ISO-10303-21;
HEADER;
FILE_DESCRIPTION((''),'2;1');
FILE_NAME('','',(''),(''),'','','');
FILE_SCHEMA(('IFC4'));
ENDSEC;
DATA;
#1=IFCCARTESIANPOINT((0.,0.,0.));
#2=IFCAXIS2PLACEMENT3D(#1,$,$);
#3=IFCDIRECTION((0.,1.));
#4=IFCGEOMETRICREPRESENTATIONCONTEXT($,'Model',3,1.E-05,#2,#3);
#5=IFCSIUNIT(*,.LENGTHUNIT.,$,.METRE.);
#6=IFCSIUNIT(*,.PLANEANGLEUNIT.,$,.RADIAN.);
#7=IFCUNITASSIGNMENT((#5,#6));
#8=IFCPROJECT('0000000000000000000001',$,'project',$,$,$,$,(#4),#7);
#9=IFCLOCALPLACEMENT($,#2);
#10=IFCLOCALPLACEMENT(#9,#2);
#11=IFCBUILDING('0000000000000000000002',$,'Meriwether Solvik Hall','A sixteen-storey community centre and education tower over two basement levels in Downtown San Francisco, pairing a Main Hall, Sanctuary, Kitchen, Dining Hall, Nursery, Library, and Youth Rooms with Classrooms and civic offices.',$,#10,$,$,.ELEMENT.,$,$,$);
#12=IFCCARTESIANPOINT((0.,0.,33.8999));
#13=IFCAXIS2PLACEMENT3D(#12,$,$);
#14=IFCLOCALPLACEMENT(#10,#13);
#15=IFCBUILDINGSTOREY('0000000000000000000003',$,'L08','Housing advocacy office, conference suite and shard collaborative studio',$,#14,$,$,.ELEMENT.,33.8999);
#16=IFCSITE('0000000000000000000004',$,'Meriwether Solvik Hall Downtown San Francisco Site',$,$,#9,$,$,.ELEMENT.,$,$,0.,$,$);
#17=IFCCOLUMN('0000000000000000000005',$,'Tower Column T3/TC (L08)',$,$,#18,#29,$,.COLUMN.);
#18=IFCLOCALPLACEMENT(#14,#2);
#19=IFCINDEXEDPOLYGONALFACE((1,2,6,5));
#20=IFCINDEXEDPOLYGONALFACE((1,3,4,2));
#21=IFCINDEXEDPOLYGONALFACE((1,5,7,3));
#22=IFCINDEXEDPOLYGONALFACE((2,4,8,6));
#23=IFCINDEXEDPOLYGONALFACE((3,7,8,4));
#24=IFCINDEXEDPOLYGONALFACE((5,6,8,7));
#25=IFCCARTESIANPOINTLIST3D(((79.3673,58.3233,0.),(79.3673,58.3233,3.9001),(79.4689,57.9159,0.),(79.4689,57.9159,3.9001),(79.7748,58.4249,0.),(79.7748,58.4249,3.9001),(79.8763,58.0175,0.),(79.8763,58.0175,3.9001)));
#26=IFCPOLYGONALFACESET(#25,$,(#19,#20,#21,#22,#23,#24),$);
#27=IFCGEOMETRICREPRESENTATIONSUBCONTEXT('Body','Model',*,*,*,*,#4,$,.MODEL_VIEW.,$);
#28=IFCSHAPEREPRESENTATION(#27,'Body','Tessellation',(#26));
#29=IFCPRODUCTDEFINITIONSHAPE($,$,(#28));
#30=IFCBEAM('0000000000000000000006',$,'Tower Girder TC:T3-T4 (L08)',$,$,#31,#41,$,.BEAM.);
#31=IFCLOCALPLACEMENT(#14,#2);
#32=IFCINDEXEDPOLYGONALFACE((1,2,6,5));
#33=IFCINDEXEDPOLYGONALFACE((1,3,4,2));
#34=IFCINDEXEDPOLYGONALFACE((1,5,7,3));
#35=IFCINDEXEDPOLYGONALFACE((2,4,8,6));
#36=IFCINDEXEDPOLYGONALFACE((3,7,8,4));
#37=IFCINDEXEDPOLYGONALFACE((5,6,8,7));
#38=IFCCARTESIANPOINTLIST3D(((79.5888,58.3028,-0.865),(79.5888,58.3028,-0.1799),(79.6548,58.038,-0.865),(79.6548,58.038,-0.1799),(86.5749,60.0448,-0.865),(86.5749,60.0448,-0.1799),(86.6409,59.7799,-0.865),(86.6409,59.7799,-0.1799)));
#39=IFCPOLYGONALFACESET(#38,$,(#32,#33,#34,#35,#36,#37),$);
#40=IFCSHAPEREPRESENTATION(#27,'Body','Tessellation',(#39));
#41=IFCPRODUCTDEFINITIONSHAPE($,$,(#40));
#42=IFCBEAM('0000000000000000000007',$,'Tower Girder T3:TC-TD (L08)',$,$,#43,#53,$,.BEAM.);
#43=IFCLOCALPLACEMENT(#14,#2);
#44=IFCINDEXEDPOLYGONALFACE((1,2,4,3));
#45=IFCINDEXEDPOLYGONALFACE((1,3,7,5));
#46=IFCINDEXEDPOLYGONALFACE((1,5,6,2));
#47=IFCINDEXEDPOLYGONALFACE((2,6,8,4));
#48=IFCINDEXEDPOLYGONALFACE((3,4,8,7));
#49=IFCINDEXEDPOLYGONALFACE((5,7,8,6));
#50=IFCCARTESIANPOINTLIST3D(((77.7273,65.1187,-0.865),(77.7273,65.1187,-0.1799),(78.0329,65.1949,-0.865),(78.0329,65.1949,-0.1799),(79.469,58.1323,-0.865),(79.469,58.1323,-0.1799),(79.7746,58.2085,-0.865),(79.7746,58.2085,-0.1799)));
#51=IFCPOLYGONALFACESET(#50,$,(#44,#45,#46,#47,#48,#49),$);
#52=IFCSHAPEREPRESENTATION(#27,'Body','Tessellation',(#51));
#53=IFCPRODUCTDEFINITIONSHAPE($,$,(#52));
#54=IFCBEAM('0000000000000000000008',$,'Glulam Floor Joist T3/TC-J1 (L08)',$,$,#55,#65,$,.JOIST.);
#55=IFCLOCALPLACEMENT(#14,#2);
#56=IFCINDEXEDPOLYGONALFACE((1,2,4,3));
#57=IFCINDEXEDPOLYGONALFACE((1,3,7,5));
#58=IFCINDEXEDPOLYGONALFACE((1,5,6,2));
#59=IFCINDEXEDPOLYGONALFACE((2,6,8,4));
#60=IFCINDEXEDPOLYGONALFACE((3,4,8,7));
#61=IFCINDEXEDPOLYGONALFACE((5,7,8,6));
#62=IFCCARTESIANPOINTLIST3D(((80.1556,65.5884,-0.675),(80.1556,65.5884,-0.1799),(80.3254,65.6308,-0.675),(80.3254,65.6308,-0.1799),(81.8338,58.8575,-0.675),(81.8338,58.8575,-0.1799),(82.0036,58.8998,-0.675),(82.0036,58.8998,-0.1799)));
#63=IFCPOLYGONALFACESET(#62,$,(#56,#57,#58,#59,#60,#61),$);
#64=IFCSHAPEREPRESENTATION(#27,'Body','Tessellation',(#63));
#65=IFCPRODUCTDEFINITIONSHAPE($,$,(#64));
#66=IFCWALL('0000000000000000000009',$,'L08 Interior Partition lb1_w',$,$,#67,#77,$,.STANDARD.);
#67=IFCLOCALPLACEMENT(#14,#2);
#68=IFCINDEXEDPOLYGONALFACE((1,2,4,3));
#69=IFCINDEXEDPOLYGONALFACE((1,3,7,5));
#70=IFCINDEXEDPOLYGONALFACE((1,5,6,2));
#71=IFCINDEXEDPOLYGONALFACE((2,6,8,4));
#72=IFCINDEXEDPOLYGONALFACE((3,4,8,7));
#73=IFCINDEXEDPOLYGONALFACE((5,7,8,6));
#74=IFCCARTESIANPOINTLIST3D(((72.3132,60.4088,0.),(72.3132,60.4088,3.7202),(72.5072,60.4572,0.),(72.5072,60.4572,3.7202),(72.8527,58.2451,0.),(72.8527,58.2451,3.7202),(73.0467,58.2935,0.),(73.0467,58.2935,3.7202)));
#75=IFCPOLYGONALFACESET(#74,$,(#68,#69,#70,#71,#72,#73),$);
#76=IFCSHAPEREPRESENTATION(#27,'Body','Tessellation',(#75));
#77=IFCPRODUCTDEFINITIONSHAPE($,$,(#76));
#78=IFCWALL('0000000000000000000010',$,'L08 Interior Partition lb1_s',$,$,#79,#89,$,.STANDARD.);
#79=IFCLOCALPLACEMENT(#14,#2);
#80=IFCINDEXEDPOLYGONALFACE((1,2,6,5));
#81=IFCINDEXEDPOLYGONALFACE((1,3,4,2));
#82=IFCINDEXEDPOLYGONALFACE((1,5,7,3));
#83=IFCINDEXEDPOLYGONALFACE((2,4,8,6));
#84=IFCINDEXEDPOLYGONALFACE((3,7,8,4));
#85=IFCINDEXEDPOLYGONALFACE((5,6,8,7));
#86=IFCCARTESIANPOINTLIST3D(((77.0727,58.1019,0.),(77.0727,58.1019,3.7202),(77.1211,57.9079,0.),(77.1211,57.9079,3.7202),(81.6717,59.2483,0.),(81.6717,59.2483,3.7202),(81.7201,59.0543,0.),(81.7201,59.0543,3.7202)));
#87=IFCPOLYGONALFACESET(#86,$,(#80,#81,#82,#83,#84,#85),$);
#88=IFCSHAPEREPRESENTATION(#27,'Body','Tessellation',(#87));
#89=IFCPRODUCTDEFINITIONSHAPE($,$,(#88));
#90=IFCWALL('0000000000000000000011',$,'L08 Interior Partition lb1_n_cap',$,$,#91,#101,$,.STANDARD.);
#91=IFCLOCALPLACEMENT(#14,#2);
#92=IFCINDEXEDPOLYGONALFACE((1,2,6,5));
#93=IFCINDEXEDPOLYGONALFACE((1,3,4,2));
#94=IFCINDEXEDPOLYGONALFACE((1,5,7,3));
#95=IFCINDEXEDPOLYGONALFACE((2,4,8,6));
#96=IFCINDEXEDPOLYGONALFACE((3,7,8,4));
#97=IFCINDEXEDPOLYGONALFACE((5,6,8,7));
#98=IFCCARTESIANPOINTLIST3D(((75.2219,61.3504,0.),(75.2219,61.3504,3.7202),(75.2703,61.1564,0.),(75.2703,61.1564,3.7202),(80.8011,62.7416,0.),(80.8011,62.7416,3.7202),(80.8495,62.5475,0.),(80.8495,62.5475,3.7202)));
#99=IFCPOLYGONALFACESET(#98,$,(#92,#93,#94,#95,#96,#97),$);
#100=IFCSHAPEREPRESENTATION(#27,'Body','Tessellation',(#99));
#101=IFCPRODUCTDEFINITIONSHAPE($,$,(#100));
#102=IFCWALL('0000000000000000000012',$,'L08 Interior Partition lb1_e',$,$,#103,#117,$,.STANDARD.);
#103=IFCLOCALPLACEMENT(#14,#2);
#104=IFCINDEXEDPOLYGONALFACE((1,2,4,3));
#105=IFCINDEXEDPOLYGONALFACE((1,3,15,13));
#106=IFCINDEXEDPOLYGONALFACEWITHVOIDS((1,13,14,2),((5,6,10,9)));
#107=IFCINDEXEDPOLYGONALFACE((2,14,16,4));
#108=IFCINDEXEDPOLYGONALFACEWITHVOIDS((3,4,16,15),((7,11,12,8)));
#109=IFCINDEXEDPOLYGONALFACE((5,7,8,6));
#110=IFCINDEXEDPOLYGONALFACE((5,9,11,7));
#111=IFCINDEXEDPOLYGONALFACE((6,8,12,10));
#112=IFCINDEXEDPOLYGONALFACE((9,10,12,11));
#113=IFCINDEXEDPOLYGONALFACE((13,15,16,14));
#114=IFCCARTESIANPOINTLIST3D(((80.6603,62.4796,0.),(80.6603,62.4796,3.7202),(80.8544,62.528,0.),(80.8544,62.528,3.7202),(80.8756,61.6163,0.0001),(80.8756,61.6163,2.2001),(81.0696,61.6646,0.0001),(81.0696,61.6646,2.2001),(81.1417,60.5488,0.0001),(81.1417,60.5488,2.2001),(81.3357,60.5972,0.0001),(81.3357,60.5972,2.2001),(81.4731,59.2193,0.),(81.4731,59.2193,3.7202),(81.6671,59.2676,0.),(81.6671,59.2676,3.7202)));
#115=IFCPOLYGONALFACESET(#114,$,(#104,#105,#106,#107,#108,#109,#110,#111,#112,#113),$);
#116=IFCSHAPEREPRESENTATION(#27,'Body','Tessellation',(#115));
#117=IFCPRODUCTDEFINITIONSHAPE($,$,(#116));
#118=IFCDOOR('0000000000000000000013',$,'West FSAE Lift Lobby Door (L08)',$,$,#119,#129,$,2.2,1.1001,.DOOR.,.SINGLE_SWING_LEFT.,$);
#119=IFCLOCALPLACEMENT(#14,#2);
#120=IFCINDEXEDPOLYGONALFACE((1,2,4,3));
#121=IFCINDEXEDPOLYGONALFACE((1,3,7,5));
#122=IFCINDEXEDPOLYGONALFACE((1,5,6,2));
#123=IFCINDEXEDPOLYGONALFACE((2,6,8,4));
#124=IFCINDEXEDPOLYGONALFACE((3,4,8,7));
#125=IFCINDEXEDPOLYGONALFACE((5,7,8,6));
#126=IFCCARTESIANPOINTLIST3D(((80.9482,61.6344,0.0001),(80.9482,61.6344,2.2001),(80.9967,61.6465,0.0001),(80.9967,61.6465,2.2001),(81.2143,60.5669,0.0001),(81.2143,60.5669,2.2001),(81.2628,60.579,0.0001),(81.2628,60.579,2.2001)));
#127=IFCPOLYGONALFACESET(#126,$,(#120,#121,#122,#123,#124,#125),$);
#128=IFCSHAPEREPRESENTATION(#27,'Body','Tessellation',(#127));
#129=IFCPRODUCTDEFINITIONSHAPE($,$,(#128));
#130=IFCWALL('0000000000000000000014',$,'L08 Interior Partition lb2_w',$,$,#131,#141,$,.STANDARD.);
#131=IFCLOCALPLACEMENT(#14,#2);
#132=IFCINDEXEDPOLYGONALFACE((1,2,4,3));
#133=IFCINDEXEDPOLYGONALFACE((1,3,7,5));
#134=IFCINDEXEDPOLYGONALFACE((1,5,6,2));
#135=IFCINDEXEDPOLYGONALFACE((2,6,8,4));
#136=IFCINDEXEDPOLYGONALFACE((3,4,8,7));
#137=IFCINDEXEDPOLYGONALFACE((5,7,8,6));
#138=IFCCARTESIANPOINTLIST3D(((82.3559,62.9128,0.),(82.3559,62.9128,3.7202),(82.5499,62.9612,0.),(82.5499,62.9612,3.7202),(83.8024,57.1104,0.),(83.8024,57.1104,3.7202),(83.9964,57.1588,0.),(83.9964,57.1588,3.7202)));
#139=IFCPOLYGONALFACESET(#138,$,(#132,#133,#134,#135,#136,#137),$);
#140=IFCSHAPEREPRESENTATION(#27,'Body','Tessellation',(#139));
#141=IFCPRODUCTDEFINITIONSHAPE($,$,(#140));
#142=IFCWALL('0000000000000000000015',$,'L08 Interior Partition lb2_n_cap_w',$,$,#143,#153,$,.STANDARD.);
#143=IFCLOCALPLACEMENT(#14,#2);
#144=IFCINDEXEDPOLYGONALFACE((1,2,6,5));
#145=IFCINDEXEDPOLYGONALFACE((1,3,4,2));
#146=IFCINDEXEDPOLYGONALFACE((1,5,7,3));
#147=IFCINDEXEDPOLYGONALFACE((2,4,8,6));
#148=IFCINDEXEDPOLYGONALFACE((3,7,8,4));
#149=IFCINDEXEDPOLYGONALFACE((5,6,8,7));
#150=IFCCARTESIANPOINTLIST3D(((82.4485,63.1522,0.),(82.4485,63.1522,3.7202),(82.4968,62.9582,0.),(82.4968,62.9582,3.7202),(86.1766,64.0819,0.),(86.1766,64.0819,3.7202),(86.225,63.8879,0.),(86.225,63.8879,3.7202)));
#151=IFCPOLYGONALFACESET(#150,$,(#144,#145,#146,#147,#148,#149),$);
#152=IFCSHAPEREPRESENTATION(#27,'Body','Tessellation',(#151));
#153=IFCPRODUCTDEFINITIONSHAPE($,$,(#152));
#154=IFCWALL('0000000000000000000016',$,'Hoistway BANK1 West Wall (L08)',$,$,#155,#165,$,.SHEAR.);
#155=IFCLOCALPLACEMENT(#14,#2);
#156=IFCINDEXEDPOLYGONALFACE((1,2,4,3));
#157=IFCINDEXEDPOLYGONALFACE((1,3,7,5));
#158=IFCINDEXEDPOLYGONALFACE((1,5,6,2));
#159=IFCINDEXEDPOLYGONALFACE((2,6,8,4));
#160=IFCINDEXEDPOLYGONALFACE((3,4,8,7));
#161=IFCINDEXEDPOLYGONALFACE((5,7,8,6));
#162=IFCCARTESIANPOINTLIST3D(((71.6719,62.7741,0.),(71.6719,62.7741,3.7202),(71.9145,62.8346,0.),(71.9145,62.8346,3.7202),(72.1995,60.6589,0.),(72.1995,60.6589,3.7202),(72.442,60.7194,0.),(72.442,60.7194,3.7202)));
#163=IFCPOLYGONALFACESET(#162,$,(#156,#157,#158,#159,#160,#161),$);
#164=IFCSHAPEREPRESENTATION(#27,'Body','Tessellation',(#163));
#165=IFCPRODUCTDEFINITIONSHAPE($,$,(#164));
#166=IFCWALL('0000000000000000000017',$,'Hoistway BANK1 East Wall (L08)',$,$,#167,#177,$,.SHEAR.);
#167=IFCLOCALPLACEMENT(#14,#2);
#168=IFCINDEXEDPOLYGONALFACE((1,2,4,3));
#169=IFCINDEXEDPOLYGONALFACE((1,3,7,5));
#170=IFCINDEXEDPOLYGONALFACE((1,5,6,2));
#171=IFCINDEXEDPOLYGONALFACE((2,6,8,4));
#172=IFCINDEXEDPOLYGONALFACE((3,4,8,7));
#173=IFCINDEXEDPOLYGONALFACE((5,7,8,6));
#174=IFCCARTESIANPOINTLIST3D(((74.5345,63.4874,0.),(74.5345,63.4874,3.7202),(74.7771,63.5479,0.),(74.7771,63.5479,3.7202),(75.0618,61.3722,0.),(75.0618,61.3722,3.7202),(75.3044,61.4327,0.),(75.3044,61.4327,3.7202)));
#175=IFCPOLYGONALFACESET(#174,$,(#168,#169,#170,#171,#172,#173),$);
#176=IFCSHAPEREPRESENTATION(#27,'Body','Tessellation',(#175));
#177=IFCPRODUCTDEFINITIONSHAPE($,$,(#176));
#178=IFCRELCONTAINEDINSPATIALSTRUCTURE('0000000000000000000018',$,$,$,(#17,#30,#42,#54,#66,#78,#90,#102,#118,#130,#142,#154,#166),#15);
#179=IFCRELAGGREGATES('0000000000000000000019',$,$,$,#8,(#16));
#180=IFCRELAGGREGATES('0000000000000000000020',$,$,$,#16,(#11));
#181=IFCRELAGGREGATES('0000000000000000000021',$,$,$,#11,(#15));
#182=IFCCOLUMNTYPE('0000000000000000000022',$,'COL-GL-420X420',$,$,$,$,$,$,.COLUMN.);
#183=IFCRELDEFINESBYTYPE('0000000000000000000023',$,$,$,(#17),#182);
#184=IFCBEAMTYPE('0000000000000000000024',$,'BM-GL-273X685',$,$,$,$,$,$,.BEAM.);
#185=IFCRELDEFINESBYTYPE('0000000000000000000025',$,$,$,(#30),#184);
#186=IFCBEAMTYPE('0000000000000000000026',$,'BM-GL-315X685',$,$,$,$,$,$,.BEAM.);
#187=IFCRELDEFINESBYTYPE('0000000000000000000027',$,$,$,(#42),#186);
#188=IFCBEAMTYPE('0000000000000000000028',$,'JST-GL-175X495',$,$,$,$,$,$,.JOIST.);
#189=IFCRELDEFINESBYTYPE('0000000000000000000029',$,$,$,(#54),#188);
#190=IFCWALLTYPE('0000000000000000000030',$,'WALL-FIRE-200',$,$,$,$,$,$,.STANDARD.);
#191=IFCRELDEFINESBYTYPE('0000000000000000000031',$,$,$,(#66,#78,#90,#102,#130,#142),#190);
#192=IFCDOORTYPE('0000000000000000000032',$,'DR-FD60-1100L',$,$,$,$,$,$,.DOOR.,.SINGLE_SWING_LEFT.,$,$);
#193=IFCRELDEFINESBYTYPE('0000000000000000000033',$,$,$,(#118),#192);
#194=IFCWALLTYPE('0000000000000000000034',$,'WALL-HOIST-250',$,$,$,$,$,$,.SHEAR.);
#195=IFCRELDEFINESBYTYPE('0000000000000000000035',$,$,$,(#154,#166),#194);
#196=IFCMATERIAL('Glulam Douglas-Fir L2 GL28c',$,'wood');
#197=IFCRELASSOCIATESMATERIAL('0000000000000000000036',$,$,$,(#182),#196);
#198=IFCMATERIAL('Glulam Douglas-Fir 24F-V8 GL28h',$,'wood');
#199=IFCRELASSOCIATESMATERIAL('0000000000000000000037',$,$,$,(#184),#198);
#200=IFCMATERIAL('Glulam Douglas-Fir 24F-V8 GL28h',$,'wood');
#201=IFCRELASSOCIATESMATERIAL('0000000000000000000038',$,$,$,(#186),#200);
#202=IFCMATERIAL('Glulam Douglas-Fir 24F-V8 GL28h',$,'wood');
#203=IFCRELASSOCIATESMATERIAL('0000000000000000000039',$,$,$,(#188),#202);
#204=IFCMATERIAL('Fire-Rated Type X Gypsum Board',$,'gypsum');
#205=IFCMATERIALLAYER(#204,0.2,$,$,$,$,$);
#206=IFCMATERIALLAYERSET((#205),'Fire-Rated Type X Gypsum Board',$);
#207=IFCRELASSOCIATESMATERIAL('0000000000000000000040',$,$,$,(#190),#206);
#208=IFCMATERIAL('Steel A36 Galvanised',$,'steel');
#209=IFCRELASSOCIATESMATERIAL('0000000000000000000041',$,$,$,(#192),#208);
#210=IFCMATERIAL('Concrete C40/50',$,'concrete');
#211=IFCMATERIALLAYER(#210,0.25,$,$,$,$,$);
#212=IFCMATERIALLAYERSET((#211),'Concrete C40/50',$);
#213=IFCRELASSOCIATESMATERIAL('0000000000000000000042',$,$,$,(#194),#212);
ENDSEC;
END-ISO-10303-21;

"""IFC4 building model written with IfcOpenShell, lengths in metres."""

from ifc_helpers import new_model, si_unit, direction, frame, frame_2d, origin, origin_2d, place, context, subcontext, project, spatial, rectangle, extrude, material, layer, layer_set, material_profile, profile_set, type_object, element, fill, save


model = new_model("IFC4")

# Units and contexts
model_context = context("Model", 3, precision=1e-05, world=origin(), true_north=direction((0.0, 1.0)))
body_context = subcontext(model_context, "Body", "Model", "MODEL_VIEW")
ifc_project = project(units=[si_unit("LENGTHUNIT", "METRE"), si_unit("PLANEANGLEUNIT", "RADIAN")], contexts=[model_context])

# Site, building, storey
site_placement = place(None, origin())
site = spatial("IfcSite", under=ifc_project, at=site_placement, Name="Meriwether Solvik Hall Downtown San Francisco Site", CompositionType="ELEMENT", RefElevation=0.0)
building_placement = place(site_placement, origin())
building = spatial("IfcBuilding", under=site, at=building_placement, Name="Meriwether Solvik Hall", Description="A sixteen-storey community centre and education tower over two basement levels in Downtown San Francisco, pairing a Main Hall, Sanctuary, Kitchen, Dining Hall, Nursery, Library, and Youth Rooms with Classrooms and civic offices.", CompositionType="ELEMENT")
storey_placement = place(building_placement, frame((0.0, 0.0, 33.8999)))
storey = spatial("IfcBuildingStorey", under=building, at=storey_placement, Name="L08", Description="Housing advocacy office, conference suite and shard collaborative studio", CompositionType="ELEMENT", Elevation=33.8999)

# Column
ifc_material_1 = material(Name="Glulam Douglas-Fir L2 GL28c", Category="wood")
ifc_material_profile_1 = material_profile(ifc_material_1, rectangle(XDim=0.4199, YDim=0.4199, at=origin_2d()), Name="GLC-420X420")
ifc_profile_set_1 = profile_set([ifc_material_profile_1], Name="Glulam Douglas-Fir L2 GL28c")
column_type = type_object("IfcColumnType", Name="COL-GL-420X420", PredefinedType="COLUMN", material=ifc_profile_set_1)
column_placement = place(storey_placement, frame((79.6218, 58.1704, 0.0), z_axis=(0.0, 0.0, 1.0), x_axis=(0.970296, 0.241922, 0.0)))
element("IfcColumn", 1, at=column_placement, inside=storey, type_object=column_type, Name="Tower Column T3/TC (L08)", PredefinedType="COLUMN", context=body_context, shape_type="SweptSolid", body=[
    extrude(rectangle(XDim=0.4199, YDim=0.4199, at=origin_2d()), origin(), (0.0, 0.0, 1.0), 3.9001),
])

# Beams
ifc_material_2 = material(Name="Glulam Douglas-Fir 24F-V8 GL28h", Category="wood")
ifc_material_profile_2 = material_profile(ifc_material_2, rectangle(XDim=0.2729, YDim=0.6851, at=origin_2d()), Name="GLB-273X685")
ifc_profile_set_2 = profile_set([ifc_material_profile_2], Name="Glulam Douglas-Fir 24F-V8 GL28h")
beam_type_1 = type_object("IfcBeamType", Name="BM-GL-273X685", PredefinedType="BEAM", material=ifc_profile_set_2)
beam_1_placement = place(storey_placement, frame((79.6218, 58.1704, -0.5225), z_axis=(0.970292, 0.241937, 0.0), x_axis=(-0.241937, 0.970292, 0.0)))
element("IfcBeam", 2, at=beam_1_placement, inside=storey, type_object=beam_type_1, Name="Tower Girder TC:T3-T4 (L08)", PredefinedType="BEAM", context=body_context, shape_type="SweptSolid", body=[
    extrude(rectangle(XDim=0.2729, YDim=0.6851, at=origin_2d()), origin(), (0.0, 0.0, 1.0), 7.2),
])
ifc_material_3 = material(Name="Glulam Douglas-Fir 24F-V8 GL28h", Category="wood")
ifc_material_profile_3 = material_profile(ifc_material_3, rectangle(XDim=0.3149, YDim=0.6851, at=origin_2d()), Name="GLB-315X685")
ifc_profile_set_3 = profile_set([ifc_material_profile_3], Name="Glulam Douglas-Fir 24F-V8 GL28h")
beam_type_2 = type_object("IfcBeamType", Name="BM-GL-315X685", PredefinedType="BEAM", material=ifc_profile_set_3)
beam_2_placement = place(storey_placement, frame((79.6218, 58.1704, -0.5225), z_axis=(-0.241897, 0.970302, 0.0), x_axis=(-0.970302, -0.241897, 0.0)))
element("IfcBeam", 3, at=beam_2_placement, inside=storey, type_object=beam_type_2, Name="Tower Girder T3:TC-TD (L08)", PredefinedType="BEAM", context=body_context, shape_type="SweptSolid", body=[
    extrude(rectangle(XDim=0.3149, YDim=0.6851, at=origin_2d()), origin(), (0.0, 0.0, 1.0), 7.2002),
])
ifc_material_4 = material(Name="Glulam Douglas-Fir 24F-V8 GL28h", Category="wood")
ifc_material_profile_4 = material_profile(ifc_material_4, rectangle(XDim=0.175, YDim=0.4951, at=origin_2d()), Name="GLJ-175X495")
ifc_profile_set_4 = profile_set([ifc_material_profile_4], Name="Glulam Douglas-Fir 24F-V8 GL28h")
beam_type_3 = type_object("IfcBeamType", Name="JST-GL-175X495", PredefinedType="JOIST", material=ifc_profile_set_4)
beam_3_placement = place(storey_placement, frame((81.9187, 58.8787, -0.4275), z_axis=(-0.241923, 0.970296, 0.0), x_axis=(-0.970296, -0.241923, 0.0)))
element("IfcBeam", 4, at=beam_3_placement, inside=storey, type_object=beam_type_3, Name="Glulam Floor Joist T3/TC-J1 (L08)", PredefinedType="JOIST", context=body_context, shape_type="SweptSolid", body=[
    extrude(rectangle(XDim=0.175, YDim=0.4951, at=origin_2d()), origin(), (0.0, 0.0, 1.0), 6.937),
])

# Walls
ifc_material_5 = material(Name="Fire-Rated Type X Gypsum Board", Category="gypsum")
ifc_layer_1 = layer(ifc_material_5, 0.2)
ifc_layer_set_1 = layer_set([ifc_layer_1], Name="Fire-Rated Type X Gypsum Board")
wall_type_1 = type_object("IfcWallType", Name="WALL-FIRE-200", PredefinedType="STANDARD", material=ifc_layer_set_1)
wall_1_placement = place(storey_placement, frame((72.9497, 58.2693, 0.0), z_axis=(0.0, 0.0, 1.0), x_axis=(-0.241943, 0.97029, 0.0)))
element("IfcWall", 5, at=wall_1_placement, inside=storey, type_object=wall_type_1, Name="L08 Interior Partition lb1_w", PredefinedType="STANDARD", context=body_context, shape_type="SweptSolid", body=[
    extrude(rectangle(XDim=2.23, YDim=0.2, at=frame_2d((1.115, 0.0))), origin(), (0.0, 0.0, 1.0), 3.7202),
])
wall_2_placement = place(storey_placement, frame((77.0969, 58.0049, 0.0), z_axis=(0.0, 0.0, 1.0), x_axis=(0.970306, 0.241881, 0.0)))
element("IfcWall", 6, at=wall_2_placement, inside=storey, type_object=wall_type_1, Name="L08 Interior Partition lb1_s", PredefinedType="STANDARD", context=body_context, shape_type="SweptSolid", body=[
    extrude(rectangle(XDim=4.7397, YDim=0.2, at=frame_2d((2.3699, 0.0))), origin(), (0.0, 0.0, 1.0), 3.7202),
])
wall_3_placement = place(storey_placement, frame((75.2461, 61.2534, 0.0), z_axis=(0.0, 0.0, 1.0), x_axis=(0.970292, 0.241936, 0.0)))
element("IfcWall", 7, at=wall_3_placement, inside=storey, type_object=wall_type_1, Name="L08 Interior Partition lb1_n_cap", PredefinedType="STANDARD", context=body_context, shape_type="SweptSolid", body=[
    extrude(rectangle(XDim=5.75, YDim=0.2, at=frame_2d((2.875, 0.0))), origin(), (0.0, 0.0, 1.0), 3.7202),
])

# Wall, opening, door
wall_4_placement = place(storey_placement, frame((80.7573, 62.5039, 0.0), z_axis=(0.0, 0.0, 1.0), x_axis=(0.241886, -0.970305, 0.0)))
wall_4 = element("IfcWall", 8, at=wall_4_placement, inside=storey, type_object=wall_type_1, Name="L08 Interior Partition lb1_e", PredefinedType="STANDARD", context=body_context, shape_type="SweptSolid", body=[
    extrude(rectangle(XDim=3.3601, YDim=0.2, at=frame_2d((1.6802, 0.0))), origin(), (0.0, 0.0, 1.0), 3.7202),
])
opening_1_placement = place(wall_4_placement, frame((0.8899, 0.0, 0.0)))
opening_1 = element("IfcOpeningElement", 9, at=opening_1_placement, cuts=wall_4, PredefinedType="OPENING", context=body_context, shape_type="SweptSolid", body=[
    extrude(rectangle(XDim=1.1001, YDim=2.2, at=frame_2d((0.55, 1.1001))), frame((0.0, 0.1118, 0.0), z_axis=(0.0, -1.0, 0.0), x_axis=(1.0, 0.0, 0.0)), (0.0, 0.0, 1.0), 0.2239),
])
ifc_material_6 = material(Name="Steel A36 Galvanised", Category="steel")
door_type_1 = type_object("IfcDoorType", Name="DR-FD60-1100L", OperationType="SINGLE_SWING_LEFT", PredefinedType="DOOR", material=ifc_material_6)
door_1_placement = place(opening_1_placement, origin())
door_1 = element("IfcDoor", 10, at=door_1_placement, inside=storey, type_object=door_type_1, Name="West FSAE Lift Lobby Door (L08)", OperationType="SINGLE_SWING_LEFT", OverallHeight=2.2, OverallWidth=1.1001, PredefinedType="DOOR", context=body_context, shape_type="SweptSolid", body=[
    extrude(rectangle(XDim=1.1001, YDim=2.2, at=frame_2d((0.55, 1.1001))), frame((0.0, 0.0249, 0.0), z_axis=(0.0, -1.0, 0.0), x_axis=(1.0, 0.0, 0.0)), (0.0, 0.0, 1.0), 0.05),
])
fill(opening_1, door_1)

# Walls
wall_5_placement = place(storey_placement, frame((82.4529, 62.937, 0.0), z_axis=(0.0, 0.0, 1.0), x_axis=(0.241892, -0.970303, 0.0)))
element("IfcWall", 11, at=wall_5_placement, inside=storey, type_object=wall_type_1, Name="L08 Interior Partition lb2_w", PredefinedType="STANDARD", context=body_context, shape_type="SweptSolid", body=[
    extrude(rectangle(XDim=5.98, YDim=0.2, at=frame_2d((2.99, 0.0))), origin(), (0.0, 0.0, 1.0), 3.7202),
])
wall_6_placement = place(storey_placement, frame((82.4727, 63.0552, 0.0), z_axis=(0.0, 0.0, 1.0), x_axis=(0.970284, 0.241967, 0.0)))
element("IfcWall", 12, at=wall_6_placement, inside=storey, type_object=wall_type_1, Name="L08 Interior Partition lb2_n_cap_w", PredefinedType="STANDARD", context=body_context, shape_type="SweptSolid", body=[
    extrude(rectangle(XDim=3.8423, YDim=0.2, at=frame_2d((1.9211, 0.0))), origin(), (0.0, 0.0, 1.0), 3.7202),
])
ifc_material_7 = material(Name="Concrete C40/50", Category="concrete")
ifc_layer_2 = layer(ifc_material_7, 0.25)
ifc_layer_set_2 = layer_set([ifc_layer_2], Name="Concrete C40/50")
wall_type_2 = type_object("IfcWallType", Name="WALL-HOIST-250", PredefinedType="SHEAR", material=ifc_layer_set_2)
for number, where, z_axis, x_axis, name in (
    (13, (71.7932, 62.8042, 0.0), (0.0, 0.0, 1.0), (0.242009, -0.970274, 0.0), "Hoistway BANK1 West Wall (L08)"),
    (14, (75.1831, 61.4026, 0.0), (0.0, 0.0, 1.0), (-0.241903, 0.9703, 0.0), "Hoistway BANK1 East Wall (L08)"),
):
    element("IfcWall", number, at=place(storey_placement, frame(where, z_axis=z_axis, x_axis=x_axis)), inside=storey, type_object=wall_type_2, Name=name, PredefinedType="SHEAR", context=body_context, shape_type="SweptSolid", body=[
        extrude(rectangle(XDim=2.1799, YDim=0.25, at=frame_2d((1.0898, 0.0))), origin(), (0.0, 0.0, 1.0), 3.7202),
    ])

save(model, "model.ifc")
